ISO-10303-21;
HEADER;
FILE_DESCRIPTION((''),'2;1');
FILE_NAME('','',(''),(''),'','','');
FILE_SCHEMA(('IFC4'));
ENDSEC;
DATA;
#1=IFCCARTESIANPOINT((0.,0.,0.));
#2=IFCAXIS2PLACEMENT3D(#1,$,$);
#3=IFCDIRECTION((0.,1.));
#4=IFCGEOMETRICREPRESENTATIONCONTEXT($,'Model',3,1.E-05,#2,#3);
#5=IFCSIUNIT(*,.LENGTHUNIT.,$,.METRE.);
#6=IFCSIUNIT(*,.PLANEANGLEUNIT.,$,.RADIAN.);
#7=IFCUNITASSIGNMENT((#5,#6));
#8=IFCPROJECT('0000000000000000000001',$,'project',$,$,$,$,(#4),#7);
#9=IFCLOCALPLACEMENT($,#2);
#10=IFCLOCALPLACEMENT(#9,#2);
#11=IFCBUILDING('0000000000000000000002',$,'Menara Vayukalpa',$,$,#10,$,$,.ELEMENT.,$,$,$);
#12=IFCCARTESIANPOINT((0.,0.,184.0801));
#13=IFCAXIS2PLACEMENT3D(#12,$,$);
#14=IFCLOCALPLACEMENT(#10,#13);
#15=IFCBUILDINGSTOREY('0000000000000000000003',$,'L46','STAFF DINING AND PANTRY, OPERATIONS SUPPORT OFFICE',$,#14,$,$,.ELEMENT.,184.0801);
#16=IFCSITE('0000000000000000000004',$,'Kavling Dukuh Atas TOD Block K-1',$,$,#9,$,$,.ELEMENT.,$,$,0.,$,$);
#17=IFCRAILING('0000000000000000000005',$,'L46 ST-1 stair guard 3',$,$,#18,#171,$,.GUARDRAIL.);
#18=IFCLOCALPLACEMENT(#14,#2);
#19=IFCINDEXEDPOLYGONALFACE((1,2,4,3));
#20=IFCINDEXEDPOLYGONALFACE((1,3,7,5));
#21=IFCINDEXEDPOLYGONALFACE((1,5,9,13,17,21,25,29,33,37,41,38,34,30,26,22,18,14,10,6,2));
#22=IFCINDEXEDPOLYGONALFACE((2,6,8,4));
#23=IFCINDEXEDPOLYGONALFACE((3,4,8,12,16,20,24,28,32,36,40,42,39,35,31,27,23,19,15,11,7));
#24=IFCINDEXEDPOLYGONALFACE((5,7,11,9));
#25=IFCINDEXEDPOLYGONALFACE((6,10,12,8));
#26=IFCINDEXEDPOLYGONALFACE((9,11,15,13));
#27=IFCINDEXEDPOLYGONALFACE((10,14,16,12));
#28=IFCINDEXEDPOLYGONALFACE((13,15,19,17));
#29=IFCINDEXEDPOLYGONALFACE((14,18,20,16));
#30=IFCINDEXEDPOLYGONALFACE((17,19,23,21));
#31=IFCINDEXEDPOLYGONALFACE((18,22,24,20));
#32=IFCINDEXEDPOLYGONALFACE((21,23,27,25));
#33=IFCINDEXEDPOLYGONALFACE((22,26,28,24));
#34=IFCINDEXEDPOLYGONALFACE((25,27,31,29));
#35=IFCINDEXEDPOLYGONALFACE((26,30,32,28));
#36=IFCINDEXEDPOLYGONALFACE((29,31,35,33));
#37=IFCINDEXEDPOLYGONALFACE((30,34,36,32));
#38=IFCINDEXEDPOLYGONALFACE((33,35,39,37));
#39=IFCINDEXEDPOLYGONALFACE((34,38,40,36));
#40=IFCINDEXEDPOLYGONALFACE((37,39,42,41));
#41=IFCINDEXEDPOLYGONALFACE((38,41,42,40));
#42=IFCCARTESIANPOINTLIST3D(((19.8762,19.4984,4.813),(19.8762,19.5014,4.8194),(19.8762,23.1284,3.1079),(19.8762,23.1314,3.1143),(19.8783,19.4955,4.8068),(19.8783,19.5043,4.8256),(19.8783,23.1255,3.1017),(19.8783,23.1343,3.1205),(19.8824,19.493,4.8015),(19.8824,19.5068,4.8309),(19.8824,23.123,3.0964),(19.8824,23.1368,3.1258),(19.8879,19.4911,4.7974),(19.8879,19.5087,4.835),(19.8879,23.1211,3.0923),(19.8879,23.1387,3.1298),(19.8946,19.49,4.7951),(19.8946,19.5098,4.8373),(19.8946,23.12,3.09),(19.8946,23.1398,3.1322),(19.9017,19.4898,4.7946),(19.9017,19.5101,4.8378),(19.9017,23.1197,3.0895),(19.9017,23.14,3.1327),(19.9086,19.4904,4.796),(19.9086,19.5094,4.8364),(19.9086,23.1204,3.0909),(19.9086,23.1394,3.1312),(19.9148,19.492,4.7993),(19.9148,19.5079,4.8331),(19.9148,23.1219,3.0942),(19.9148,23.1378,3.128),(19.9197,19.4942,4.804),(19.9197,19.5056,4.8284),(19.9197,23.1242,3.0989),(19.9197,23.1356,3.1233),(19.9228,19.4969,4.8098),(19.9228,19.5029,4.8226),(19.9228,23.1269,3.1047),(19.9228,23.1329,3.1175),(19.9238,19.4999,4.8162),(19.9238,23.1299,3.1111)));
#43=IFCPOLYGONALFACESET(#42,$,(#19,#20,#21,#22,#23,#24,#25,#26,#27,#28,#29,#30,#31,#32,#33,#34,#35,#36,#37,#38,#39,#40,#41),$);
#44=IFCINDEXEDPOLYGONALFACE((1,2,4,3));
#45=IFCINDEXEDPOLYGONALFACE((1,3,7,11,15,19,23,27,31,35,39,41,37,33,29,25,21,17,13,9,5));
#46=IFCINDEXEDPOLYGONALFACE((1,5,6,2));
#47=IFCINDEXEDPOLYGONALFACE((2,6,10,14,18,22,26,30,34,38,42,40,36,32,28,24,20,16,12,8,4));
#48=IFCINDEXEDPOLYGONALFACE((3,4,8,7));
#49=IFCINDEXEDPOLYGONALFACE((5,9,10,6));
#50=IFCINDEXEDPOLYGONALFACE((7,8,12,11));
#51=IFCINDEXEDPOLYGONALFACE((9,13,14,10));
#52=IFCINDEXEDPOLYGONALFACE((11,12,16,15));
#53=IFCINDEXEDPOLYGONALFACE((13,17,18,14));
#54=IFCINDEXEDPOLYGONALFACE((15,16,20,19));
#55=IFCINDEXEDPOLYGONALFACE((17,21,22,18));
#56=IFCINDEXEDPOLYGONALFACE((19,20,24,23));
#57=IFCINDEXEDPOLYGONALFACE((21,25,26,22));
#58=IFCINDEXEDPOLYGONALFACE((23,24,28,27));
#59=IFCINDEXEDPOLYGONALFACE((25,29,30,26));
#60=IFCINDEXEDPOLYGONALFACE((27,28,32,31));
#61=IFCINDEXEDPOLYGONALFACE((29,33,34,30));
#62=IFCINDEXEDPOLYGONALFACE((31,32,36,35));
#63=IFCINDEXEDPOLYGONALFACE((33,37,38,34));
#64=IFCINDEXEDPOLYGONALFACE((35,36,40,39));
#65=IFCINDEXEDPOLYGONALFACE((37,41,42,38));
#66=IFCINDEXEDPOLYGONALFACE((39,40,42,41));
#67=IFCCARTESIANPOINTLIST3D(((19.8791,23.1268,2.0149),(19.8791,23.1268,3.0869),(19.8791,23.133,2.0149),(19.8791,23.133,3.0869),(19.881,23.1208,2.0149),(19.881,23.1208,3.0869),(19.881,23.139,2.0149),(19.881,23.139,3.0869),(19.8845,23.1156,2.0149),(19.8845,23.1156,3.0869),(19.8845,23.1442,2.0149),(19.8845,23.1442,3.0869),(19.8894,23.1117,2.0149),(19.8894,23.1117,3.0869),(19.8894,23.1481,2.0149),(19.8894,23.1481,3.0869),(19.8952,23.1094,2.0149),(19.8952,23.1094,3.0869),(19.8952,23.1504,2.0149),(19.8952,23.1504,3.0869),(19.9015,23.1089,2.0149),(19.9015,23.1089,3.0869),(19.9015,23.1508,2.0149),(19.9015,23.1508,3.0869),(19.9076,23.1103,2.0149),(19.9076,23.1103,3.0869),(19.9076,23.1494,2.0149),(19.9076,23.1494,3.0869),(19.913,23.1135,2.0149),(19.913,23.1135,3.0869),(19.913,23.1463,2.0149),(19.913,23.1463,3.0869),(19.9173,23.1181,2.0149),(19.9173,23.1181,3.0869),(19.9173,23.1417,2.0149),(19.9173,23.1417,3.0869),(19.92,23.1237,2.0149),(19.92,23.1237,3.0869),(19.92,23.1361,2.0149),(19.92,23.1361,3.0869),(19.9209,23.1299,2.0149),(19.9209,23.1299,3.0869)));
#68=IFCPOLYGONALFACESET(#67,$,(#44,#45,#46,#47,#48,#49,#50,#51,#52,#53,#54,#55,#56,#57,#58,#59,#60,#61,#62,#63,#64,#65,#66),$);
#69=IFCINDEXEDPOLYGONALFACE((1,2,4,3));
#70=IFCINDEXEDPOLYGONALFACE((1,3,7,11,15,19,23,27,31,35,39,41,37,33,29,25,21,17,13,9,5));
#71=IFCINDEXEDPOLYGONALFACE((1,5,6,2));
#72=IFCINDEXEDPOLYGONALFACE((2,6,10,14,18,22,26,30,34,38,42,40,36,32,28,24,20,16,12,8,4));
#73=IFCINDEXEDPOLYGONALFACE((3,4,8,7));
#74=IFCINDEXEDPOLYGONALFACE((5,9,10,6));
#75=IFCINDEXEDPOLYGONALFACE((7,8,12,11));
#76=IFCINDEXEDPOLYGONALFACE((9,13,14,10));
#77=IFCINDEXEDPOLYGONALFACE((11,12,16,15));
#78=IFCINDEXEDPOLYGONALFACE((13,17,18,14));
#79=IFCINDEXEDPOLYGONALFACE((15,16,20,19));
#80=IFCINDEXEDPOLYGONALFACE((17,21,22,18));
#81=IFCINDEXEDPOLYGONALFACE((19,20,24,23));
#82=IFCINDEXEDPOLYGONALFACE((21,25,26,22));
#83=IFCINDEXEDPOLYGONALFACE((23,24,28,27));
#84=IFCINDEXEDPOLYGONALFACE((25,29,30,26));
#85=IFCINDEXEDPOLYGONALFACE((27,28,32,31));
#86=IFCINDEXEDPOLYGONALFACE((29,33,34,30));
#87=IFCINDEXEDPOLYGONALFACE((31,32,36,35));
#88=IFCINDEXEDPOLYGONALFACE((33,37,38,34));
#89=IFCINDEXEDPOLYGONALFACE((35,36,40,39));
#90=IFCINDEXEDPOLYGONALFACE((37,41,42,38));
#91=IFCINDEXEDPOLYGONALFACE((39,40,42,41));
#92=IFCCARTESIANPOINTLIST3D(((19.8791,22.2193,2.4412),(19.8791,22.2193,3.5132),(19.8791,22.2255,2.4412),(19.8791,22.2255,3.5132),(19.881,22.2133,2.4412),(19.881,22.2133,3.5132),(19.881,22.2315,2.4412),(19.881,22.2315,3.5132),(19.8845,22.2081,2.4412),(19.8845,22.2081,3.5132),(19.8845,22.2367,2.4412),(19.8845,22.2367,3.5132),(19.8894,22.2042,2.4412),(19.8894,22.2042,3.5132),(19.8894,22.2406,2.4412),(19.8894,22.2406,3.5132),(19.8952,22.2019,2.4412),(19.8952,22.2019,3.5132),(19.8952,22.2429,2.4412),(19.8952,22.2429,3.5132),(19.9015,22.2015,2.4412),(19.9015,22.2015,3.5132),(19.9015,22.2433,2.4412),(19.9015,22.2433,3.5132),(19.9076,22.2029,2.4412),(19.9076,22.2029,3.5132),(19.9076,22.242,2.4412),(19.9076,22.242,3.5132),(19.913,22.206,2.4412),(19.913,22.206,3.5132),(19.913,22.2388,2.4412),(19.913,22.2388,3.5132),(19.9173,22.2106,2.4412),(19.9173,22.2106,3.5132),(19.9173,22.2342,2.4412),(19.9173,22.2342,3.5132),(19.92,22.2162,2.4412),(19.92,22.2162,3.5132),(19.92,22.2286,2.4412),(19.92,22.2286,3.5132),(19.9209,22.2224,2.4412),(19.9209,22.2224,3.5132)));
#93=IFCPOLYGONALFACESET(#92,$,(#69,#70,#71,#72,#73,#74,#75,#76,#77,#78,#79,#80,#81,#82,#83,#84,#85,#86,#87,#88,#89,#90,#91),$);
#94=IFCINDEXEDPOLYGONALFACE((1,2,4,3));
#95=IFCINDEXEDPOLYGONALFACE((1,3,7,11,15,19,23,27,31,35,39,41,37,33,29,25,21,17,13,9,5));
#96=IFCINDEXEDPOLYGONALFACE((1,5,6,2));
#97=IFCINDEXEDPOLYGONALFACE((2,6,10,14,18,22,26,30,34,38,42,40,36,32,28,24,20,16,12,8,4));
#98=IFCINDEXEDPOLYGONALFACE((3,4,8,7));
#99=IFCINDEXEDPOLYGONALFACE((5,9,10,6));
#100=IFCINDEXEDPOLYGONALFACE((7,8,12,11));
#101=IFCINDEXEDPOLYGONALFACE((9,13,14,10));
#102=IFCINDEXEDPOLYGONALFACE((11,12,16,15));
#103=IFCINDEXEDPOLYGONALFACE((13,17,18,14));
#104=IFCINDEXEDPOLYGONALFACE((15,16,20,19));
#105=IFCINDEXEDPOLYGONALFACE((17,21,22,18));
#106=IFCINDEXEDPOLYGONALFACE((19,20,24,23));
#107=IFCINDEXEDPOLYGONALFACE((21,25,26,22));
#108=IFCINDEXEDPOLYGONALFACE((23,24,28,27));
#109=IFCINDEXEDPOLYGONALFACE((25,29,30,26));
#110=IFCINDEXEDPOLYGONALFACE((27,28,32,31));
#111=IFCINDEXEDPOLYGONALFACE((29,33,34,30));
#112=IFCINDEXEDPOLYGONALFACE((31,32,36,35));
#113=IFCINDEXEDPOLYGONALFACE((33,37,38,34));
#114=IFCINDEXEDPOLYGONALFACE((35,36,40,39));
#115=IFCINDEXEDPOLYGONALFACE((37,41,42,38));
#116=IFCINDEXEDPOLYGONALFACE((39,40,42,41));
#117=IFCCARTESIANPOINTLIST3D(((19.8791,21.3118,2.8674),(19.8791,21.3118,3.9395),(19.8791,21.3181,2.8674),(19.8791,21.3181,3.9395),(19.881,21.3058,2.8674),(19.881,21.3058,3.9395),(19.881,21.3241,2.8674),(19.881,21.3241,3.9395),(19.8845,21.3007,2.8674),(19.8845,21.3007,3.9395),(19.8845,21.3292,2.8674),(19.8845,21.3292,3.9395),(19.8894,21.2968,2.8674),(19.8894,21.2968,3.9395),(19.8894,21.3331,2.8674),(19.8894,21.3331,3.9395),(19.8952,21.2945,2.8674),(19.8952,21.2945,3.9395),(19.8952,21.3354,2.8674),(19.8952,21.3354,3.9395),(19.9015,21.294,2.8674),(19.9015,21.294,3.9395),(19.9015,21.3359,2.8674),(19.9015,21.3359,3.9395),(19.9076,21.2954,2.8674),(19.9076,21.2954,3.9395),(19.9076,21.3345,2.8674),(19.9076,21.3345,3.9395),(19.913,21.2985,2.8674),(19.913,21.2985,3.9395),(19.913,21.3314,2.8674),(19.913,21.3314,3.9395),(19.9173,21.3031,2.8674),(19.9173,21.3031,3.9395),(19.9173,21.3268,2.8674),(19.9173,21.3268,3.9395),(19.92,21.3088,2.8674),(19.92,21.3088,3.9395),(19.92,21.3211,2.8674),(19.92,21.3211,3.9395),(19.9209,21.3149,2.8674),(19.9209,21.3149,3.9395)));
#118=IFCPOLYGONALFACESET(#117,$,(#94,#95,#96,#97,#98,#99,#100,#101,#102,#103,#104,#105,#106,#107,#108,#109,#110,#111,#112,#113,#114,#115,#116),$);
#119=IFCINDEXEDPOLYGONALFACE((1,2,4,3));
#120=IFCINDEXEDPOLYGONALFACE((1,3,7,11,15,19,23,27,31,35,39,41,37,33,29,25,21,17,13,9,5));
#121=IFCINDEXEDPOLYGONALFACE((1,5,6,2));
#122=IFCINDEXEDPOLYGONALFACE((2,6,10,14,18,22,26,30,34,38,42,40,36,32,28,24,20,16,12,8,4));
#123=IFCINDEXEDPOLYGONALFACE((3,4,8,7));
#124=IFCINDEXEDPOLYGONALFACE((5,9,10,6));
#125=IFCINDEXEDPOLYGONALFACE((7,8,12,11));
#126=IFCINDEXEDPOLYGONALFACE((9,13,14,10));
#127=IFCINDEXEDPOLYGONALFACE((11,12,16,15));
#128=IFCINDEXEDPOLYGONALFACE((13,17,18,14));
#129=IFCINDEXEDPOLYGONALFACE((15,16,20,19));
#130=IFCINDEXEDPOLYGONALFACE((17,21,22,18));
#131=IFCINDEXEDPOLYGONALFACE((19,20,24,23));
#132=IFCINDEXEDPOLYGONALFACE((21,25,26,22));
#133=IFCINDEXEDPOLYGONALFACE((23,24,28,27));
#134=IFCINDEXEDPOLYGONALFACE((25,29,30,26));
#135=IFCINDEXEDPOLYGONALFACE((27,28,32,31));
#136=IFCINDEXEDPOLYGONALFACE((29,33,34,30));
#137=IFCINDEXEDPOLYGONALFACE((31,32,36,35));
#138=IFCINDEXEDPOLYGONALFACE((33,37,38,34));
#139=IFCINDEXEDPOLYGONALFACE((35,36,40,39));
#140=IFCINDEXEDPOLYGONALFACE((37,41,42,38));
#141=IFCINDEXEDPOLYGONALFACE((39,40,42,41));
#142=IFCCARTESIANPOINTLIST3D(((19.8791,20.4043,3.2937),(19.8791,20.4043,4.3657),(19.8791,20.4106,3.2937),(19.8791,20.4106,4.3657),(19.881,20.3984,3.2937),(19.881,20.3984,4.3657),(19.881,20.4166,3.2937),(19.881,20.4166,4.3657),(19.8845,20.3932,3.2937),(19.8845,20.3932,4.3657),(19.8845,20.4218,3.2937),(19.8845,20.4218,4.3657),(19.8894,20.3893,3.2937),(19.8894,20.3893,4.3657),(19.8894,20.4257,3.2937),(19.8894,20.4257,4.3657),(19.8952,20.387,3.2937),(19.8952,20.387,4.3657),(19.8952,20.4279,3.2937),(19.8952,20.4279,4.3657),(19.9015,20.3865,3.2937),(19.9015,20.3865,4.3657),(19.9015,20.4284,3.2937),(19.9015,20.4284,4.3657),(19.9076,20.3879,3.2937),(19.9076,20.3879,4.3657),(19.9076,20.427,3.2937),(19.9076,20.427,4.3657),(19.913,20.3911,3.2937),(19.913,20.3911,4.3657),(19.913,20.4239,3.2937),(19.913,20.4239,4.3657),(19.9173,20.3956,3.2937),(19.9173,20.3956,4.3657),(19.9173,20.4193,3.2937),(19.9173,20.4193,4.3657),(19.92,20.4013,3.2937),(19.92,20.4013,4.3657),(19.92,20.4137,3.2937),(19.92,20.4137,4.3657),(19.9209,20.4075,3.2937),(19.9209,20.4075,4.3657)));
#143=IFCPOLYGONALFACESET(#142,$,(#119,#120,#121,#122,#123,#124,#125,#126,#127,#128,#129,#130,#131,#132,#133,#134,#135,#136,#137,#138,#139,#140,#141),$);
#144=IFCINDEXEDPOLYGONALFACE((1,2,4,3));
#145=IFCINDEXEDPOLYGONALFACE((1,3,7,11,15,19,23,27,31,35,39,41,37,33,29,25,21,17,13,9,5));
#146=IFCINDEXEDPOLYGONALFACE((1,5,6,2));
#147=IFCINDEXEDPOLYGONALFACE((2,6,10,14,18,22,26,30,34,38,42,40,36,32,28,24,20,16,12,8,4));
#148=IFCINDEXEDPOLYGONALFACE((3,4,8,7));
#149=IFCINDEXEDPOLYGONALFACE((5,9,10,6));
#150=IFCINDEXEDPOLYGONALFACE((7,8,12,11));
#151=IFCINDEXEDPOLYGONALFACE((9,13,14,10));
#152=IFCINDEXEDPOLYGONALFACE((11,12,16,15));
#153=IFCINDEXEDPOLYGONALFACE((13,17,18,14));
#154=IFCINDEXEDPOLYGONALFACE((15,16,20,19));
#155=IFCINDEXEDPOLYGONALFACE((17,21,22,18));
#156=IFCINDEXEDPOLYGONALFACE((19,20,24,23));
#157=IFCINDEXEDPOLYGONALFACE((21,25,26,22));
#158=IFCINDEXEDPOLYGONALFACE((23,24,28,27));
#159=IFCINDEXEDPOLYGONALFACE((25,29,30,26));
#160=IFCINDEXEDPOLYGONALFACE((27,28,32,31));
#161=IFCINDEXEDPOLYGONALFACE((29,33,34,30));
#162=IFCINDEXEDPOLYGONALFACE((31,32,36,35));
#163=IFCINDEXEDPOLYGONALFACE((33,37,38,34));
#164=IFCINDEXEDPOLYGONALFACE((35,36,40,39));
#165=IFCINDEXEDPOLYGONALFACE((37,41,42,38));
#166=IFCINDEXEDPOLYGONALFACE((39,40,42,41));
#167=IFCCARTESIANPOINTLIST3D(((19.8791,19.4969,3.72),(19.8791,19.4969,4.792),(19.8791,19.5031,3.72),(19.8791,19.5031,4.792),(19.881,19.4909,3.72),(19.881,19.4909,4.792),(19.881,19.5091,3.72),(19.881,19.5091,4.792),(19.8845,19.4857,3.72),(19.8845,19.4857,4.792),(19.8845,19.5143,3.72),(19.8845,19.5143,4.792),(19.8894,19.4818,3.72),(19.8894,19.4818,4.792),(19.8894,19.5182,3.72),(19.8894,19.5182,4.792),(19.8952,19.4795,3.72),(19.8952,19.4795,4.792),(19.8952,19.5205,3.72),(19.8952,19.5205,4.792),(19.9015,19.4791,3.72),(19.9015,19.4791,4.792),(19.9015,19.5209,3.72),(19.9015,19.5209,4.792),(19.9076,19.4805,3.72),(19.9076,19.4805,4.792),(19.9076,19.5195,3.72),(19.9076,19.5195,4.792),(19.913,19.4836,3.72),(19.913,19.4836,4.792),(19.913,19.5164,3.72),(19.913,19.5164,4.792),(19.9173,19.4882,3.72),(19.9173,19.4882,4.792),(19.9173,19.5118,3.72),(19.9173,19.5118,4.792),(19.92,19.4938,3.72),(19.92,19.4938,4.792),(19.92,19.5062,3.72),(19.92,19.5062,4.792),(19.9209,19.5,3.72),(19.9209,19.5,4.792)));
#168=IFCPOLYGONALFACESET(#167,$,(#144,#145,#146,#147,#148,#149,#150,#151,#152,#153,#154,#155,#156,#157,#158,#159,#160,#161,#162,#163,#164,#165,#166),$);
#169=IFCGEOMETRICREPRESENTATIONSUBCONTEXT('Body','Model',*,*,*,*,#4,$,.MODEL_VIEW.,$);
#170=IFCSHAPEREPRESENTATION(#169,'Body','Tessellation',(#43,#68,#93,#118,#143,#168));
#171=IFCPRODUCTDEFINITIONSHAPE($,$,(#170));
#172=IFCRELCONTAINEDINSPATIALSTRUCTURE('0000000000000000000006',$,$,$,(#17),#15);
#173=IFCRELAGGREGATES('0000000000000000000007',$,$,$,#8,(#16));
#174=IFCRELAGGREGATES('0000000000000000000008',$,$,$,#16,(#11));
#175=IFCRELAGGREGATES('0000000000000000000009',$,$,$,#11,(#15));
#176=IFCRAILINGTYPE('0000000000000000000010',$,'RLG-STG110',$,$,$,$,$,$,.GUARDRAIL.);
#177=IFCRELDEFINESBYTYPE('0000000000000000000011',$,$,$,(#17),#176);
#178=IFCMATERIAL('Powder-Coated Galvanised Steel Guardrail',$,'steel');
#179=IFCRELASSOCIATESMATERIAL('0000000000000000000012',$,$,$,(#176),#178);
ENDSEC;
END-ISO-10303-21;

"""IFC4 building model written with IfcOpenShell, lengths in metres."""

from ifc_helpers import new_model, si_unit, direction, frame, origin, origin_2d, place, context, subcontext, project, spatial, circle, extrude, material, type_object, element, save


model = new_model("IFC4")

# Units and contexts
model_context = context("Model", 3, precision=1e-05, world=origin(), true_north=direction((0.0, 1.0)))
body_context = subcontext(model_context, "Body", "Model", "MODEL_VIEW")
ifc_project = project(units=[si_unit("LENGTHUNIT", "METRE"), si_unit("PLANEANGLEUNIT", "RADIAN")], contexts=[model_context])

# Site, building, storey
site_placement = place(None, origin())
site = spatial("IfcSite", under=ifc_project, at=site_placement, Name="Kavling Dukuh Atas TOD Block K-1", CompositionType="ELEMENT", RefElevation=0.0)
building_placement = place(site_placement, origin())
building = spatial("IfcBuilding", under=site, at=building_placement, Name="Menara Vayukalpa", CompositionType="ELEMENT")
storey_placement = place(building_placement, frame((0.0, 0.0, 184.0801)))
storey = spatial("IfcBuildingStorey", under=building, at=storey_placement, Name="L46", Description="STAFF DINING AND PANTRY, OPERATIONS SUPPORT OFFICE", CompositionType="ELEMENT", Elevation=184.0801)

# Railing
ifc_material_1 = material(Name="Powder-Coated Galvanised Steel Guardrail", Category="steel")
railing_type_1 = type_object("IfcRailingType", Name="RLG-STG110", PredefinedType="GUARDRAIL", material=ifc_material_1)
railing_1_placement = place(storey_placement, frame((19.8999, 23.1299, 2.0149)))
element("IfcRailing", 1, at=railing_1_placement, inside=storey, type_object=railing_type_1, Name="L46 ST-1 stair guard 3", PredefinedType="GUARDRAIL", context=body_context, shape_type="SweptSolid", body=[
    extrude(circle(Radius=0.0239, at=origin_2d()), frame((0.0, 0.0, 1.0962), z_axis=(0.0, -0.905116, 0.425164), x_axis=(1.0, 0.0, 0.0)), (0.0, 0.0, 1.0), 4.0105),
    extrude(circle(Radius=0.021, at=origin_2d()), origin(), (0.0, 0.0, 1.0), 1.072),
    extrude(circle(Radius=0.021, at=origin_2d()), frame((0.0, -0.9075, 0.4263)), (0.0, 0.0, 1.0), 1.072),
    extrude(circle(Radius=0.021, at=origin_2d()), frame((0.0, -1.8149, 0.8525)), (0.0, 0.0, 1.0), 1.072),
    extrude(circle(Radius=0.021, at=origin_2d()), frame((0.0, -2.7224, 1.2788)), (0.0, 0.0, 1.0), 1.072),
    extrude(circle(Radius=0.021, at=origin_2d()), frame((0.0, -3.6299, 1.7051)), (0.0, 0.0, 1.0), 1.072),
])

save(model, "model.ifc")
